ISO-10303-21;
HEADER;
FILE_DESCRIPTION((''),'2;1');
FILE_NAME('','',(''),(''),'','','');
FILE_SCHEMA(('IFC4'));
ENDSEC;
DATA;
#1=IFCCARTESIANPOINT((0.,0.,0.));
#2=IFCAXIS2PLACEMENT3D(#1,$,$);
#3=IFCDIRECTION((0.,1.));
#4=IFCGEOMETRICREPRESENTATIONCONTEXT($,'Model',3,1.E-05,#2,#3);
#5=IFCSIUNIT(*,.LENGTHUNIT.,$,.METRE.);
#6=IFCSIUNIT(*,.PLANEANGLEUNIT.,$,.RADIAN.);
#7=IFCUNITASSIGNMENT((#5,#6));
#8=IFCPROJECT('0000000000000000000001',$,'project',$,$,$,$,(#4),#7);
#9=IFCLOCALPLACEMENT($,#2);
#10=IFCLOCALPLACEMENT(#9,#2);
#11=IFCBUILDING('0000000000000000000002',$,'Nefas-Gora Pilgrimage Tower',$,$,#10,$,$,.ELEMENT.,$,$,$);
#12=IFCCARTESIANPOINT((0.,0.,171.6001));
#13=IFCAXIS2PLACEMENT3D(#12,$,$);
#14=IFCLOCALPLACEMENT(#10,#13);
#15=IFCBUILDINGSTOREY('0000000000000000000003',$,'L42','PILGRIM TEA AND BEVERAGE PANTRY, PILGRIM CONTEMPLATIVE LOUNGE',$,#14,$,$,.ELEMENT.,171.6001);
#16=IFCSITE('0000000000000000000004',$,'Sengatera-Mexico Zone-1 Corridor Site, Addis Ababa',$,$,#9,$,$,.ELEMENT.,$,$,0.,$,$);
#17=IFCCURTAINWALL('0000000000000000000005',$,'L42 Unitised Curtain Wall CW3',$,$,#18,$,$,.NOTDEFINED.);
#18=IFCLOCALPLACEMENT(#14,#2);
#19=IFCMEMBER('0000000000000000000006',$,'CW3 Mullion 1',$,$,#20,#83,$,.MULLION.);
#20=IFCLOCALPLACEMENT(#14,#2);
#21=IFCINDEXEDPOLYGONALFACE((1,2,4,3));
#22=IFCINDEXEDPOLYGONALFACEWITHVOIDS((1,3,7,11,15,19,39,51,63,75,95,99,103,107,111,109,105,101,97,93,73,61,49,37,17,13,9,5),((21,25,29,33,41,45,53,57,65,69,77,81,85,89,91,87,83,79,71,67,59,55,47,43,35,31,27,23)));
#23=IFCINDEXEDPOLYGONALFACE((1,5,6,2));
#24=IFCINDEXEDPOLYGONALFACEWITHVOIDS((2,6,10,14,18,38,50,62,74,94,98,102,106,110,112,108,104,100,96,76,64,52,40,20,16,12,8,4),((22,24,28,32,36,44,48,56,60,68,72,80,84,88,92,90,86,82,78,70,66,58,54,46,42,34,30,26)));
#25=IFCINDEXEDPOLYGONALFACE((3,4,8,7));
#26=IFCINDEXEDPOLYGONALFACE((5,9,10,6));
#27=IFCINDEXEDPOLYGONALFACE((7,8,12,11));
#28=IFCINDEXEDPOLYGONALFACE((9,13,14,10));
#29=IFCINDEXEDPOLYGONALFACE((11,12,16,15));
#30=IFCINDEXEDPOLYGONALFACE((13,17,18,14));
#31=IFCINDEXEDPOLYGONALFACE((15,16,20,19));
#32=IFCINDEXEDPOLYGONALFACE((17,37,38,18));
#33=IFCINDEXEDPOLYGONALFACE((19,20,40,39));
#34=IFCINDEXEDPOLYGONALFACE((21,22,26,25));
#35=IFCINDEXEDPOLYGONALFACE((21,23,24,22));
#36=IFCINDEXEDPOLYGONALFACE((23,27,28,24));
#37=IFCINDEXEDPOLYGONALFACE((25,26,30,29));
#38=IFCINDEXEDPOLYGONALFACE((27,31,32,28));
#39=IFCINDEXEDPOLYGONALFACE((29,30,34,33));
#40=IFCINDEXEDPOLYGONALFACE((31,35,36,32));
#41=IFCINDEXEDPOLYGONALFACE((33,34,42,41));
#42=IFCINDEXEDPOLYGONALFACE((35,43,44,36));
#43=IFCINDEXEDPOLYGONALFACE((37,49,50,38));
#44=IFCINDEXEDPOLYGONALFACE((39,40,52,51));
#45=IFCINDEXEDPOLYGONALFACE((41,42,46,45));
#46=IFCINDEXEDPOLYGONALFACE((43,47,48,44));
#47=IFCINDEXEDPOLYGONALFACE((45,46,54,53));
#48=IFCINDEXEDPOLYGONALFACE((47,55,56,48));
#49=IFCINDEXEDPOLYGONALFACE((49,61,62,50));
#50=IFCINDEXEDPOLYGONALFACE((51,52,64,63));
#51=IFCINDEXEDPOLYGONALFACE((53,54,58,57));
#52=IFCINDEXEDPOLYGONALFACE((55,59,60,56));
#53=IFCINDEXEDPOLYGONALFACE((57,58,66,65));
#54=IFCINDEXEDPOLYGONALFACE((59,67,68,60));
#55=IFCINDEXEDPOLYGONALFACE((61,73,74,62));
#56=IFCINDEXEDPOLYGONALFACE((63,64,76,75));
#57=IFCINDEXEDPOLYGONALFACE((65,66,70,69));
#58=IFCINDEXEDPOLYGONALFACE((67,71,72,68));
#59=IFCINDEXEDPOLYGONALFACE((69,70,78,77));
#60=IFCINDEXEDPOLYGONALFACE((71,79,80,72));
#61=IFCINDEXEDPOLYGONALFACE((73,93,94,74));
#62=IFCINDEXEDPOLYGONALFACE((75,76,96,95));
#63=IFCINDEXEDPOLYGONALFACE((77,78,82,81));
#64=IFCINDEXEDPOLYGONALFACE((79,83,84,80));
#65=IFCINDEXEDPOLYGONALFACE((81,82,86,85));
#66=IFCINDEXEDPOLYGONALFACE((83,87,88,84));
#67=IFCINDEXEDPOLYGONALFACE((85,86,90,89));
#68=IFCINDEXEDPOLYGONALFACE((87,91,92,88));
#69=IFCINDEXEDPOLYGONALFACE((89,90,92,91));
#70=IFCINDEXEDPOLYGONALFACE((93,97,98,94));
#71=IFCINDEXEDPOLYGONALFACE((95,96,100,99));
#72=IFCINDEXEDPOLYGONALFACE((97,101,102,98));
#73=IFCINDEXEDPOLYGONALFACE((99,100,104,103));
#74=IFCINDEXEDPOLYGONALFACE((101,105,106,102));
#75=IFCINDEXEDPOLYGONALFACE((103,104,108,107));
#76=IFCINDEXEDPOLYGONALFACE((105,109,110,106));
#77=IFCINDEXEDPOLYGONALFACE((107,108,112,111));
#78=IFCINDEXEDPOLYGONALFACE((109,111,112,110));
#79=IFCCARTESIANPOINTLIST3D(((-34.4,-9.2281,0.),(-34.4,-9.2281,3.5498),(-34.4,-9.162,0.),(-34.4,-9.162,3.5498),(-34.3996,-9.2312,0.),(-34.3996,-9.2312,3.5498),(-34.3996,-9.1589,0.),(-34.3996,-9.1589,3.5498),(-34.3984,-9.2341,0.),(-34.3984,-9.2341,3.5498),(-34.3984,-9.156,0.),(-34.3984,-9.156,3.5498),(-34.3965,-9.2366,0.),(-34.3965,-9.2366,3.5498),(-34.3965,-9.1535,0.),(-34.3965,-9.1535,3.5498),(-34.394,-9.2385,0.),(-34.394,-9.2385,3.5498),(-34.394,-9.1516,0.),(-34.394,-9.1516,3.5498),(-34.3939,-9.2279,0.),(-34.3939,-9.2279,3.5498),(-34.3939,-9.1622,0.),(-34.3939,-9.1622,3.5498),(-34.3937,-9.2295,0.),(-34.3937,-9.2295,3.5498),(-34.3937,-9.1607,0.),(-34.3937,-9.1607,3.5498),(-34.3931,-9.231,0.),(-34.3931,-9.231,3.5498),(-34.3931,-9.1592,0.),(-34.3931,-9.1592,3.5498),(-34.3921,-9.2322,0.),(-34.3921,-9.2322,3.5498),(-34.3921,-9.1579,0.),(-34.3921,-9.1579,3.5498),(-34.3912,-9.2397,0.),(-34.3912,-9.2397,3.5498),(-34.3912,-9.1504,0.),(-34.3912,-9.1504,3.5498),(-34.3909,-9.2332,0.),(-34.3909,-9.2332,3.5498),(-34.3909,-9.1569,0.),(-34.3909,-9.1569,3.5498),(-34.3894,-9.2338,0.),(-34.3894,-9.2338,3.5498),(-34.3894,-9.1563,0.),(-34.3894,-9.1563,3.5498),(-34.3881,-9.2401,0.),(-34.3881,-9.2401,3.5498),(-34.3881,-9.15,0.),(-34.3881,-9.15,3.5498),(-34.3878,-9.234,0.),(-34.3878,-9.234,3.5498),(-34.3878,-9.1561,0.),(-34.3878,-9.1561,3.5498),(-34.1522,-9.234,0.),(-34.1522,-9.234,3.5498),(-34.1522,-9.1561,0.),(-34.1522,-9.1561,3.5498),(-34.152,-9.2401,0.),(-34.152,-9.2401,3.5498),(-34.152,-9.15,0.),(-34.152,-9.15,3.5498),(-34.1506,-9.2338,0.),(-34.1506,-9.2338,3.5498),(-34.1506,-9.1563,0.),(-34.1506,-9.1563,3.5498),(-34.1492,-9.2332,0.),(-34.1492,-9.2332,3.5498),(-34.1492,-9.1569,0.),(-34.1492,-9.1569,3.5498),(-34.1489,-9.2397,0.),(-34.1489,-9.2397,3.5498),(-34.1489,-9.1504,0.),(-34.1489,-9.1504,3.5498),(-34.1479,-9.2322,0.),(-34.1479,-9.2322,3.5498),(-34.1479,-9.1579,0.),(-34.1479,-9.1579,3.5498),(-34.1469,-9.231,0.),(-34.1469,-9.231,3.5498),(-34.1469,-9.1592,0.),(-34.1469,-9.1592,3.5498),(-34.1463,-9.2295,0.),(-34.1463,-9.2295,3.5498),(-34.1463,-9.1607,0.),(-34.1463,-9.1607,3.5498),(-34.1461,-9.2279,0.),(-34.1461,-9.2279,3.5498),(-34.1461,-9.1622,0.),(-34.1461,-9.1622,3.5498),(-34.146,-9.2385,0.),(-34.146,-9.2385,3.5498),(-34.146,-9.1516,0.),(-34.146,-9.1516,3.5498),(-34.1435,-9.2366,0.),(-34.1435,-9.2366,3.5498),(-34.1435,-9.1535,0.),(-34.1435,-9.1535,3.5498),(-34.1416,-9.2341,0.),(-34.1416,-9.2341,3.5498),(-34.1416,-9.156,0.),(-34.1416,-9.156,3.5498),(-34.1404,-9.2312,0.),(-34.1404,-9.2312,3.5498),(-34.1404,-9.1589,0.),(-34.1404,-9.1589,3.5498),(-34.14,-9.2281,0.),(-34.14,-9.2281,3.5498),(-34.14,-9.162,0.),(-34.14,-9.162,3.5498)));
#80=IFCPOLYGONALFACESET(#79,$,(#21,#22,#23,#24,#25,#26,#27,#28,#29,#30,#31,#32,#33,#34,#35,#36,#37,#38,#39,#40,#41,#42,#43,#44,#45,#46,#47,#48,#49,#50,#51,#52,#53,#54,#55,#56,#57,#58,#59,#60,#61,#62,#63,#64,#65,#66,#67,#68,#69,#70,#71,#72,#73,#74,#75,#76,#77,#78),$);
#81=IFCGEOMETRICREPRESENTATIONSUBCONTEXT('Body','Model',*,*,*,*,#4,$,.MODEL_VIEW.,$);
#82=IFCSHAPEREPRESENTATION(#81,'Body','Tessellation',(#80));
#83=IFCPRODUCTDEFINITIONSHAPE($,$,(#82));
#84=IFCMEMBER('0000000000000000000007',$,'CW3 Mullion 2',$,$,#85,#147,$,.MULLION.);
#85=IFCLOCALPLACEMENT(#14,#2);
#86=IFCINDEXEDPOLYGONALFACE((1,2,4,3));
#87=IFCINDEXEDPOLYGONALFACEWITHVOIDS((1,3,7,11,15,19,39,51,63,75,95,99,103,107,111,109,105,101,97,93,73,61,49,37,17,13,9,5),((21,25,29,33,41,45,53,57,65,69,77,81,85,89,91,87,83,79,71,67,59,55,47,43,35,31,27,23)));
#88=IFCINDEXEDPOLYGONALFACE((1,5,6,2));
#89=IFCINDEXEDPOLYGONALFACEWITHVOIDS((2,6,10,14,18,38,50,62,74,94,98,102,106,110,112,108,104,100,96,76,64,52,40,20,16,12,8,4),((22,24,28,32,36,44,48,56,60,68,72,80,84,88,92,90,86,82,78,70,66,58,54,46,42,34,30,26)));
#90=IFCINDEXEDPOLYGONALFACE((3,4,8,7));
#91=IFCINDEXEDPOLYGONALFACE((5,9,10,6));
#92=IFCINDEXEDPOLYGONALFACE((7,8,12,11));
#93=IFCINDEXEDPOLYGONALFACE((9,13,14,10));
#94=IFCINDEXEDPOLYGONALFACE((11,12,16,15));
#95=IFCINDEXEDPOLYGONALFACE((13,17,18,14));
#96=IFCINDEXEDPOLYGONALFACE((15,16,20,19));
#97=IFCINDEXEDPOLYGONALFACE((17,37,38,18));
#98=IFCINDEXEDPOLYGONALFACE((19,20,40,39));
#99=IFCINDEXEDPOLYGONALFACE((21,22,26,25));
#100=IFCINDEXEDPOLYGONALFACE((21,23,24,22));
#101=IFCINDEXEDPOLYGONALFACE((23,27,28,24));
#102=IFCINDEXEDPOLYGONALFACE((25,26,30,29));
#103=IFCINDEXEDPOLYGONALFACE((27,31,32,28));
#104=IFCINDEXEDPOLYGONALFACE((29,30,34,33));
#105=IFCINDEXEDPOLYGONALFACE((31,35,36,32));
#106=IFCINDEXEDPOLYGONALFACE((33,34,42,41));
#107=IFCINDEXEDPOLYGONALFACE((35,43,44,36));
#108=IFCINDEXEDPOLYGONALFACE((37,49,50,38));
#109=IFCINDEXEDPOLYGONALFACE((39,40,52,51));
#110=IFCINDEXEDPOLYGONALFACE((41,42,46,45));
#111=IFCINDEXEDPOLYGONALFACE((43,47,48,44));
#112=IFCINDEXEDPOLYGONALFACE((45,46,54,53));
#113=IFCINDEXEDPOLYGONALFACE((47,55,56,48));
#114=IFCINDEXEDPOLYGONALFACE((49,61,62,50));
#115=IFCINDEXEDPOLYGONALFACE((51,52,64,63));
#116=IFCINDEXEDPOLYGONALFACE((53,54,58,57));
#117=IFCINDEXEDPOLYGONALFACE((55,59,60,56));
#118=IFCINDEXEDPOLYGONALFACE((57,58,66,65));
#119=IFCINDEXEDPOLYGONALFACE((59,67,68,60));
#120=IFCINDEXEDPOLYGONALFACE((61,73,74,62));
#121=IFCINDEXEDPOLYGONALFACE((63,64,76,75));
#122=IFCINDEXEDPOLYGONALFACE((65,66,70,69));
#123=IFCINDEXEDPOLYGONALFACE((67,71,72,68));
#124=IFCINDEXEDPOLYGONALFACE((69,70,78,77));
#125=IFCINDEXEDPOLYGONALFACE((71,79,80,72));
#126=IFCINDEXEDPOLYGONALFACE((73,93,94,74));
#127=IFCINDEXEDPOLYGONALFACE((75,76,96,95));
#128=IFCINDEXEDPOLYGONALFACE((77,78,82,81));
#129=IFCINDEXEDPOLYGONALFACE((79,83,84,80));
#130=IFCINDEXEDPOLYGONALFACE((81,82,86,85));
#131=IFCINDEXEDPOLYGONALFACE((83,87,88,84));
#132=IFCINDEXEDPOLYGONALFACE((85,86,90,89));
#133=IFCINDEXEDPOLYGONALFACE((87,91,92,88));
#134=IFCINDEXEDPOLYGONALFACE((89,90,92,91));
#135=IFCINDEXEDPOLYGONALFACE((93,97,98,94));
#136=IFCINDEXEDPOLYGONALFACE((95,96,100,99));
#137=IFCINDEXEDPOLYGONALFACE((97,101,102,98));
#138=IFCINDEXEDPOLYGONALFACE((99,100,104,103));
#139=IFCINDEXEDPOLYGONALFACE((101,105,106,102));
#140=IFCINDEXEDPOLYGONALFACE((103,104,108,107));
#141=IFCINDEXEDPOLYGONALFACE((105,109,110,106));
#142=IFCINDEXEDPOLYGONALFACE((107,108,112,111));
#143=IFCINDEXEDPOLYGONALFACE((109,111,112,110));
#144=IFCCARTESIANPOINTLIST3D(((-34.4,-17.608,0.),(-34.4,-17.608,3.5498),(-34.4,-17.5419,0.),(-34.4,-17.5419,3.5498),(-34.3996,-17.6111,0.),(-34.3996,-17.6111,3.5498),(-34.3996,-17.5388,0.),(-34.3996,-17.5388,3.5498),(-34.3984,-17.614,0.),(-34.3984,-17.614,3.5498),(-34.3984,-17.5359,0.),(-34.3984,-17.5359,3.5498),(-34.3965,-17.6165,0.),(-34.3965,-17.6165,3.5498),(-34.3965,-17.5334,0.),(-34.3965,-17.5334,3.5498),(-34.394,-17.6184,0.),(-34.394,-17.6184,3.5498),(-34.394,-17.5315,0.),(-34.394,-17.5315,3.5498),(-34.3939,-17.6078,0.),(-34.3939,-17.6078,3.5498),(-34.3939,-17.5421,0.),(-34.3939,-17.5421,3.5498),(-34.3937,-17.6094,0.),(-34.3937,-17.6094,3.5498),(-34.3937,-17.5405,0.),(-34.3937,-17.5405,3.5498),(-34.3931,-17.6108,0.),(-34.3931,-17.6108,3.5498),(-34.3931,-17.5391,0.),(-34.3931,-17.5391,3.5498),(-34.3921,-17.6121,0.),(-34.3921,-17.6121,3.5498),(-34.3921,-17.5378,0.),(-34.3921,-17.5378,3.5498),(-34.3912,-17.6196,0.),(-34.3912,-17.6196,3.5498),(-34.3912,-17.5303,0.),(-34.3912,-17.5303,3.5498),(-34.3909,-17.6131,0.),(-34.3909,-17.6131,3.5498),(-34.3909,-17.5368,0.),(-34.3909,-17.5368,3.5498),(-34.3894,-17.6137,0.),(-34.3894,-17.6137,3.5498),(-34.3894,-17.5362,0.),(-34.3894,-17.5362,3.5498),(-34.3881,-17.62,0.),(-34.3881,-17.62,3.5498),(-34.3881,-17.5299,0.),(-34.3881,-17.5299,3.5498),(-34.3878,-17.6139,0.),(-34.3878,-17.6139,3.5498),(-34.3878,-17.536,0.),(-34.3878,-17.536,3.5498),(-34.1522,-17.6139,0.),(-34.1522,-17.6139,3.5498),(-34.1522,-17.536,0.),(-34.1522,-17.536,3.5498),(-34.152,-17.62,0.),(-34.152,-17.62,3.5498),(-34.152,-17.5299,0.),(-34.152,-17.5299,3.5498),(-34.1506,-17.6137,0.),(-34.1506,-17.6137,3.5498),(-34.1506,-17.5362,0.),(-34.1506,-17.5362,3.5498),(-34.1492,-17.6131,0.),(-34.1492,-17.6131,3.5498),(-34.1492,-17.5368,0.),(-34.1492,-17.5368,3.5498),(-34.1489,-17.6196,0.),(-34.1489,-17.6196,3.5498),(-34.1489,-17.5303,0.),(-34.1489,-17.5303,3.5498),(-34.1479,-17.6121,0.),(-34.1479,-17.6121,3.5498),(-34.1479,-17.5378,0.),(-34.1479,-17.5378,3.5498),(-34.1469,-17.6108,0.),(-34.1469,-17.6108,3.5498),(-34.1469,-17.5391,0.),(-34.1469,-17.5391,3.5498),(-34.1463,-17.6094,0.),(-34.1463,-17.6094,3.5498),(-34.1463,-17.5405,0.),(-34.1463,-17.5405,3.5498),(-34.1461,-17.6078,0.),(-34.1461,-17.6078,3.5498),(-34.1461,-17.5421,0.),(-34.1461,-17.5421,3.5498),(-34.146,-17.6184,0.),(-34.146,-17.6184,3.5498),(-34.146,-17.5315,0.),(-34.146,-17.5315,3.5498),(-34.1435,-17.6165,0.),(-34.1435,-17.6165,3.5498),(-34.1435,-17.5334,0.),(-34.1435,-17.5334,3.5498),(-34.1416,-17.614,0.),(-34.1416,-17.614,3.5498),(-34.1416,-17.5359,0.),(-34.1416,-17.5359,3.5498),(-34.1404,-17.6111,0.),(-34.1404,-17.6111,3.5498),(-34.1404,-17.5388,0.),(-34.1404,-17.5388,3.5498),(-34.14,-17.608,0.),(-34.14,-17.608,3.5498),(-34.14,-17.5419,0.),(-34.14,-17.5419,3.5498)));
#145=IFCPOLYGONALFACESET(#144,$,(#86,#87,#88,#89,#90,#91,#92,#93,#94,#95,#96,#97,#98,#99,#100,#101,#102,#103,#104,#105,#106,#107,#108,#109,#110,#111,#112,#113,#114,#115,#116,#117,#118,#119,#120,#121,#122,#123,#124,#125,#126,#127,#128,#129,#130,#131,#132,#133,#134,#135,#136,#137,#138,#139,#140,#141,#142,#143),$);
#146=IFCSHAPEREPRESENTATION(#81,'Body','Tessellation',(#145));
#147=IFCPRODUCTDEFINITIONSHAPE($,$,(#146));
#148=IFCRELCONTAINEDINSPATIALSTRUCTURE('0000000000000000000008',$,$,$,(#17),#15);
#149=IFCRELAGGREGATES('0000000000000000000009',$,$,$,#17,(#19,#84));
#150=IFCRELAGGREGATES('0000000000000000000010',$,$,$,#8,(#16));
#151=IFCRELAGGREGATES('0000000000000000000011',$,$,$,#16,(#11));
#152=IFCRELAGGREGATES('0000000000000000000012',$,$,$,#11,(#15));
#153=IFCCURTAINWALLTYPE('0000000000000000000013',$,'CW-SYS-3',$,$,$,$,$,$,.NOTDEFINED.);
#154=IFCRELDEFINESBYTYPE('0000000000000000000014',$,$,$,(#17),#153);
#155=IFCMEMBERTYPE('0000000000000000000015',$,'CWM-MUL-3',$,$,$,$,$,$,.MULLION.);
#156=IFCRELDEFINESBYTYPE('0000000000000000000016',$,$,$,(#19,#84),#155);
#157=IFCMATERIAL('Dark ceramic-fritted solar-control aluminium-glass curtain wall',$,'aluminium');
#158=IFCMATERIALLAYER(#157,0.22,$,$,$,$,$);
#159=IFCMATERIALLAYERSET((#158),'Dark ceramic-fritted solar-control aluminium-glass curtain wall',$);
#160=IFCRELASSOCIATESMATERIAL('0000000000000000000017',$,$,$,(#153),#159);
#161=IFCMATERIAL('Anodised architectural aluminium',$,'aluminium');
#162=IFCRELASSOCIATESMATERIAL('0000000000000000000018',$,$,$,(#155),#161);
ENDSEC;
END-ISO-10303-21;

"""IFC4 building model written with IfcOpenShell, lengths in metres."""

from ifc_helpers import new_model, si_unit, direction, frame, origin, origin_2d, place, context, subcontext, project, spatial, hollow_rectangle, extrude, source, transform, mapped, material, layer, layer_set, material_profile, profile_set, type_object, element, aggregate, save


model = new_model("IFC4")

# Units and contexts
model_context = context("Model", 3, precision=1e-05, world=origin(), true_north=direction((0.0, 1.0)))
body_context = subcontext(model_context, "Body", "Model", "MODEL_VIEW")
ifc_project = project(units=[si_unit("LENGTHUNIT", "METRE"), si_unit("PLANEANGLEUNIT", "RADIAN")], contexts=[model_context])

# Site, building, storey
site_placement = place(None, origin())
site = spatial("IfcSite", under=ifc_project, at=site_placement, Name="Sengatera-Mexico Zone-1 Corridor Site, Addis Ababa", CompositionType="ELEMENT", RefElevation=0.0)
building_placement = place(site_placement, origin())
building = spatial("IfcBuilding", under=site, at=building_placement, Name="Nefas-Gora Pilgrimage Tower", CompositionType="ELEMENT")
storey_placement = place(building_placement, frame((0.0, 0.0, 171.6001)))
storey = spatial("IfcBuildingStorey", under=building, at=storey_placement, Name="L42", Description="PILGRIM TEA AND BEVERAGE PANTRY, PILGRIM CONTEMPLATIVE LOUNGE", CompositionType="ELEMENT", Elevation=171.6001)

# Curtain wall
ifc_material_1 = material(Name="Dark ceramic-fritted solar-control aluminium-glass curtain wall", Category="aluminium")
ifc_layer_1 = layer(ifc_material_1, 0.22)
ifc_layer_set_1 = layer_set([ifc_layer_1], Name="Dark ceramic-fritted solar-control aluminium-glass curtain wall")
curtain_wall_type = type_object("IfcCurtainWallType", Name="CW-SYS-3", PredefinedType="NOTDEFINED", material=ifc_layer_set_1)
curtain_wall_1_placement = place(storey_placement, origin())
curtain_wall_1 = element("IfcCurtainWall", 1, at=curtain_wall_1_placement, inside=storey, type_object=curtain_wall_type, Name="L42 Unitised Curtain Wall CW3", PredefinedType="NOTDEFINED")
ifc_material_2 = material(Name="Anodised architectural aluminium", Category="aluminium")
ifc_material_profile_1 = material_profile(ifc_material_2, hollow_rectangle(XDim=0.0901, YDim=0.26, WallThickness=0.0061, InnerFilletRadius=0.0061, OuterFilletRadius=0.012, at=origin_2d()), Name="ALU MULLION 90x260")
ifc_profile_set_1 = profile_set([ifc_material_profile_1], Name="Anodised architectural aluminium")
member_type_1 = type_object("IfcMemberType", Name="CWM-MUL-3", PredefinedType="MULLION", material=ifc_profile_set_1)
shared_shape_1 = source(origin(), body_context, "Body", "SweptSolid", [
    extrude(hollow_rectangle(XDim=0.0901, YDim=0.26, WallThickness=0.0061, InnerFilletRadius=0.0061, OuterFilletRadius=0.012, at=origin_2d()), origin(), (0.0, 0.0, 1.0), 3.5498),
])

# Members
member_1_placement = place(storey_placement, frame((-34.27, -9.1951, 0.0), z_axis=(0.0, 0.0, 1.0), x_axis=(0.0, -1.0, 0.0)))
member_1 = element("IfcMember", 2, at=member_1_placement, type_object=member_type_1, Name="CW3 Mullion 1", PredefinedType="MULLION", context=body_context, shape_type="MappedRepresentation", body=[
    mapped(shared_shape_1, transform((0.0, 0.0, 0.0), x_axis=(1.0, 0.0, 0.0), y_axis=(0.0, 1.0, 0.0), z_axis=(0.0, 0.0, 1.0), scale=1.0)),
])
member_2_placement = place(storey_placement, frame((-34.27, -17.575, 0.0), z_axis=(0.0, 0.0, 1.0), x_axis=(0.0, -1.0, 0.0)))
member_2 = element("IfcMember", 3, at=member_2_placement, type_object=member_type_1, Name="CW3 Mullion 2", PredefinedType="MULLION", context=body_context, shape_type="MappedRepresentation", body=[
    mapped(shared_shape_1, transform((0.0, 0.0, 0.0), x_axis=(1.0, 0.0, 0.0), y_axis=(0.0, 1.0, 0.0), z_axis=(0.0, 0.0, 1.0), scale=1.0)),
])

aggregate(curtain_wall_1, [member_1, member_2])

save(model, "model.ifc")
